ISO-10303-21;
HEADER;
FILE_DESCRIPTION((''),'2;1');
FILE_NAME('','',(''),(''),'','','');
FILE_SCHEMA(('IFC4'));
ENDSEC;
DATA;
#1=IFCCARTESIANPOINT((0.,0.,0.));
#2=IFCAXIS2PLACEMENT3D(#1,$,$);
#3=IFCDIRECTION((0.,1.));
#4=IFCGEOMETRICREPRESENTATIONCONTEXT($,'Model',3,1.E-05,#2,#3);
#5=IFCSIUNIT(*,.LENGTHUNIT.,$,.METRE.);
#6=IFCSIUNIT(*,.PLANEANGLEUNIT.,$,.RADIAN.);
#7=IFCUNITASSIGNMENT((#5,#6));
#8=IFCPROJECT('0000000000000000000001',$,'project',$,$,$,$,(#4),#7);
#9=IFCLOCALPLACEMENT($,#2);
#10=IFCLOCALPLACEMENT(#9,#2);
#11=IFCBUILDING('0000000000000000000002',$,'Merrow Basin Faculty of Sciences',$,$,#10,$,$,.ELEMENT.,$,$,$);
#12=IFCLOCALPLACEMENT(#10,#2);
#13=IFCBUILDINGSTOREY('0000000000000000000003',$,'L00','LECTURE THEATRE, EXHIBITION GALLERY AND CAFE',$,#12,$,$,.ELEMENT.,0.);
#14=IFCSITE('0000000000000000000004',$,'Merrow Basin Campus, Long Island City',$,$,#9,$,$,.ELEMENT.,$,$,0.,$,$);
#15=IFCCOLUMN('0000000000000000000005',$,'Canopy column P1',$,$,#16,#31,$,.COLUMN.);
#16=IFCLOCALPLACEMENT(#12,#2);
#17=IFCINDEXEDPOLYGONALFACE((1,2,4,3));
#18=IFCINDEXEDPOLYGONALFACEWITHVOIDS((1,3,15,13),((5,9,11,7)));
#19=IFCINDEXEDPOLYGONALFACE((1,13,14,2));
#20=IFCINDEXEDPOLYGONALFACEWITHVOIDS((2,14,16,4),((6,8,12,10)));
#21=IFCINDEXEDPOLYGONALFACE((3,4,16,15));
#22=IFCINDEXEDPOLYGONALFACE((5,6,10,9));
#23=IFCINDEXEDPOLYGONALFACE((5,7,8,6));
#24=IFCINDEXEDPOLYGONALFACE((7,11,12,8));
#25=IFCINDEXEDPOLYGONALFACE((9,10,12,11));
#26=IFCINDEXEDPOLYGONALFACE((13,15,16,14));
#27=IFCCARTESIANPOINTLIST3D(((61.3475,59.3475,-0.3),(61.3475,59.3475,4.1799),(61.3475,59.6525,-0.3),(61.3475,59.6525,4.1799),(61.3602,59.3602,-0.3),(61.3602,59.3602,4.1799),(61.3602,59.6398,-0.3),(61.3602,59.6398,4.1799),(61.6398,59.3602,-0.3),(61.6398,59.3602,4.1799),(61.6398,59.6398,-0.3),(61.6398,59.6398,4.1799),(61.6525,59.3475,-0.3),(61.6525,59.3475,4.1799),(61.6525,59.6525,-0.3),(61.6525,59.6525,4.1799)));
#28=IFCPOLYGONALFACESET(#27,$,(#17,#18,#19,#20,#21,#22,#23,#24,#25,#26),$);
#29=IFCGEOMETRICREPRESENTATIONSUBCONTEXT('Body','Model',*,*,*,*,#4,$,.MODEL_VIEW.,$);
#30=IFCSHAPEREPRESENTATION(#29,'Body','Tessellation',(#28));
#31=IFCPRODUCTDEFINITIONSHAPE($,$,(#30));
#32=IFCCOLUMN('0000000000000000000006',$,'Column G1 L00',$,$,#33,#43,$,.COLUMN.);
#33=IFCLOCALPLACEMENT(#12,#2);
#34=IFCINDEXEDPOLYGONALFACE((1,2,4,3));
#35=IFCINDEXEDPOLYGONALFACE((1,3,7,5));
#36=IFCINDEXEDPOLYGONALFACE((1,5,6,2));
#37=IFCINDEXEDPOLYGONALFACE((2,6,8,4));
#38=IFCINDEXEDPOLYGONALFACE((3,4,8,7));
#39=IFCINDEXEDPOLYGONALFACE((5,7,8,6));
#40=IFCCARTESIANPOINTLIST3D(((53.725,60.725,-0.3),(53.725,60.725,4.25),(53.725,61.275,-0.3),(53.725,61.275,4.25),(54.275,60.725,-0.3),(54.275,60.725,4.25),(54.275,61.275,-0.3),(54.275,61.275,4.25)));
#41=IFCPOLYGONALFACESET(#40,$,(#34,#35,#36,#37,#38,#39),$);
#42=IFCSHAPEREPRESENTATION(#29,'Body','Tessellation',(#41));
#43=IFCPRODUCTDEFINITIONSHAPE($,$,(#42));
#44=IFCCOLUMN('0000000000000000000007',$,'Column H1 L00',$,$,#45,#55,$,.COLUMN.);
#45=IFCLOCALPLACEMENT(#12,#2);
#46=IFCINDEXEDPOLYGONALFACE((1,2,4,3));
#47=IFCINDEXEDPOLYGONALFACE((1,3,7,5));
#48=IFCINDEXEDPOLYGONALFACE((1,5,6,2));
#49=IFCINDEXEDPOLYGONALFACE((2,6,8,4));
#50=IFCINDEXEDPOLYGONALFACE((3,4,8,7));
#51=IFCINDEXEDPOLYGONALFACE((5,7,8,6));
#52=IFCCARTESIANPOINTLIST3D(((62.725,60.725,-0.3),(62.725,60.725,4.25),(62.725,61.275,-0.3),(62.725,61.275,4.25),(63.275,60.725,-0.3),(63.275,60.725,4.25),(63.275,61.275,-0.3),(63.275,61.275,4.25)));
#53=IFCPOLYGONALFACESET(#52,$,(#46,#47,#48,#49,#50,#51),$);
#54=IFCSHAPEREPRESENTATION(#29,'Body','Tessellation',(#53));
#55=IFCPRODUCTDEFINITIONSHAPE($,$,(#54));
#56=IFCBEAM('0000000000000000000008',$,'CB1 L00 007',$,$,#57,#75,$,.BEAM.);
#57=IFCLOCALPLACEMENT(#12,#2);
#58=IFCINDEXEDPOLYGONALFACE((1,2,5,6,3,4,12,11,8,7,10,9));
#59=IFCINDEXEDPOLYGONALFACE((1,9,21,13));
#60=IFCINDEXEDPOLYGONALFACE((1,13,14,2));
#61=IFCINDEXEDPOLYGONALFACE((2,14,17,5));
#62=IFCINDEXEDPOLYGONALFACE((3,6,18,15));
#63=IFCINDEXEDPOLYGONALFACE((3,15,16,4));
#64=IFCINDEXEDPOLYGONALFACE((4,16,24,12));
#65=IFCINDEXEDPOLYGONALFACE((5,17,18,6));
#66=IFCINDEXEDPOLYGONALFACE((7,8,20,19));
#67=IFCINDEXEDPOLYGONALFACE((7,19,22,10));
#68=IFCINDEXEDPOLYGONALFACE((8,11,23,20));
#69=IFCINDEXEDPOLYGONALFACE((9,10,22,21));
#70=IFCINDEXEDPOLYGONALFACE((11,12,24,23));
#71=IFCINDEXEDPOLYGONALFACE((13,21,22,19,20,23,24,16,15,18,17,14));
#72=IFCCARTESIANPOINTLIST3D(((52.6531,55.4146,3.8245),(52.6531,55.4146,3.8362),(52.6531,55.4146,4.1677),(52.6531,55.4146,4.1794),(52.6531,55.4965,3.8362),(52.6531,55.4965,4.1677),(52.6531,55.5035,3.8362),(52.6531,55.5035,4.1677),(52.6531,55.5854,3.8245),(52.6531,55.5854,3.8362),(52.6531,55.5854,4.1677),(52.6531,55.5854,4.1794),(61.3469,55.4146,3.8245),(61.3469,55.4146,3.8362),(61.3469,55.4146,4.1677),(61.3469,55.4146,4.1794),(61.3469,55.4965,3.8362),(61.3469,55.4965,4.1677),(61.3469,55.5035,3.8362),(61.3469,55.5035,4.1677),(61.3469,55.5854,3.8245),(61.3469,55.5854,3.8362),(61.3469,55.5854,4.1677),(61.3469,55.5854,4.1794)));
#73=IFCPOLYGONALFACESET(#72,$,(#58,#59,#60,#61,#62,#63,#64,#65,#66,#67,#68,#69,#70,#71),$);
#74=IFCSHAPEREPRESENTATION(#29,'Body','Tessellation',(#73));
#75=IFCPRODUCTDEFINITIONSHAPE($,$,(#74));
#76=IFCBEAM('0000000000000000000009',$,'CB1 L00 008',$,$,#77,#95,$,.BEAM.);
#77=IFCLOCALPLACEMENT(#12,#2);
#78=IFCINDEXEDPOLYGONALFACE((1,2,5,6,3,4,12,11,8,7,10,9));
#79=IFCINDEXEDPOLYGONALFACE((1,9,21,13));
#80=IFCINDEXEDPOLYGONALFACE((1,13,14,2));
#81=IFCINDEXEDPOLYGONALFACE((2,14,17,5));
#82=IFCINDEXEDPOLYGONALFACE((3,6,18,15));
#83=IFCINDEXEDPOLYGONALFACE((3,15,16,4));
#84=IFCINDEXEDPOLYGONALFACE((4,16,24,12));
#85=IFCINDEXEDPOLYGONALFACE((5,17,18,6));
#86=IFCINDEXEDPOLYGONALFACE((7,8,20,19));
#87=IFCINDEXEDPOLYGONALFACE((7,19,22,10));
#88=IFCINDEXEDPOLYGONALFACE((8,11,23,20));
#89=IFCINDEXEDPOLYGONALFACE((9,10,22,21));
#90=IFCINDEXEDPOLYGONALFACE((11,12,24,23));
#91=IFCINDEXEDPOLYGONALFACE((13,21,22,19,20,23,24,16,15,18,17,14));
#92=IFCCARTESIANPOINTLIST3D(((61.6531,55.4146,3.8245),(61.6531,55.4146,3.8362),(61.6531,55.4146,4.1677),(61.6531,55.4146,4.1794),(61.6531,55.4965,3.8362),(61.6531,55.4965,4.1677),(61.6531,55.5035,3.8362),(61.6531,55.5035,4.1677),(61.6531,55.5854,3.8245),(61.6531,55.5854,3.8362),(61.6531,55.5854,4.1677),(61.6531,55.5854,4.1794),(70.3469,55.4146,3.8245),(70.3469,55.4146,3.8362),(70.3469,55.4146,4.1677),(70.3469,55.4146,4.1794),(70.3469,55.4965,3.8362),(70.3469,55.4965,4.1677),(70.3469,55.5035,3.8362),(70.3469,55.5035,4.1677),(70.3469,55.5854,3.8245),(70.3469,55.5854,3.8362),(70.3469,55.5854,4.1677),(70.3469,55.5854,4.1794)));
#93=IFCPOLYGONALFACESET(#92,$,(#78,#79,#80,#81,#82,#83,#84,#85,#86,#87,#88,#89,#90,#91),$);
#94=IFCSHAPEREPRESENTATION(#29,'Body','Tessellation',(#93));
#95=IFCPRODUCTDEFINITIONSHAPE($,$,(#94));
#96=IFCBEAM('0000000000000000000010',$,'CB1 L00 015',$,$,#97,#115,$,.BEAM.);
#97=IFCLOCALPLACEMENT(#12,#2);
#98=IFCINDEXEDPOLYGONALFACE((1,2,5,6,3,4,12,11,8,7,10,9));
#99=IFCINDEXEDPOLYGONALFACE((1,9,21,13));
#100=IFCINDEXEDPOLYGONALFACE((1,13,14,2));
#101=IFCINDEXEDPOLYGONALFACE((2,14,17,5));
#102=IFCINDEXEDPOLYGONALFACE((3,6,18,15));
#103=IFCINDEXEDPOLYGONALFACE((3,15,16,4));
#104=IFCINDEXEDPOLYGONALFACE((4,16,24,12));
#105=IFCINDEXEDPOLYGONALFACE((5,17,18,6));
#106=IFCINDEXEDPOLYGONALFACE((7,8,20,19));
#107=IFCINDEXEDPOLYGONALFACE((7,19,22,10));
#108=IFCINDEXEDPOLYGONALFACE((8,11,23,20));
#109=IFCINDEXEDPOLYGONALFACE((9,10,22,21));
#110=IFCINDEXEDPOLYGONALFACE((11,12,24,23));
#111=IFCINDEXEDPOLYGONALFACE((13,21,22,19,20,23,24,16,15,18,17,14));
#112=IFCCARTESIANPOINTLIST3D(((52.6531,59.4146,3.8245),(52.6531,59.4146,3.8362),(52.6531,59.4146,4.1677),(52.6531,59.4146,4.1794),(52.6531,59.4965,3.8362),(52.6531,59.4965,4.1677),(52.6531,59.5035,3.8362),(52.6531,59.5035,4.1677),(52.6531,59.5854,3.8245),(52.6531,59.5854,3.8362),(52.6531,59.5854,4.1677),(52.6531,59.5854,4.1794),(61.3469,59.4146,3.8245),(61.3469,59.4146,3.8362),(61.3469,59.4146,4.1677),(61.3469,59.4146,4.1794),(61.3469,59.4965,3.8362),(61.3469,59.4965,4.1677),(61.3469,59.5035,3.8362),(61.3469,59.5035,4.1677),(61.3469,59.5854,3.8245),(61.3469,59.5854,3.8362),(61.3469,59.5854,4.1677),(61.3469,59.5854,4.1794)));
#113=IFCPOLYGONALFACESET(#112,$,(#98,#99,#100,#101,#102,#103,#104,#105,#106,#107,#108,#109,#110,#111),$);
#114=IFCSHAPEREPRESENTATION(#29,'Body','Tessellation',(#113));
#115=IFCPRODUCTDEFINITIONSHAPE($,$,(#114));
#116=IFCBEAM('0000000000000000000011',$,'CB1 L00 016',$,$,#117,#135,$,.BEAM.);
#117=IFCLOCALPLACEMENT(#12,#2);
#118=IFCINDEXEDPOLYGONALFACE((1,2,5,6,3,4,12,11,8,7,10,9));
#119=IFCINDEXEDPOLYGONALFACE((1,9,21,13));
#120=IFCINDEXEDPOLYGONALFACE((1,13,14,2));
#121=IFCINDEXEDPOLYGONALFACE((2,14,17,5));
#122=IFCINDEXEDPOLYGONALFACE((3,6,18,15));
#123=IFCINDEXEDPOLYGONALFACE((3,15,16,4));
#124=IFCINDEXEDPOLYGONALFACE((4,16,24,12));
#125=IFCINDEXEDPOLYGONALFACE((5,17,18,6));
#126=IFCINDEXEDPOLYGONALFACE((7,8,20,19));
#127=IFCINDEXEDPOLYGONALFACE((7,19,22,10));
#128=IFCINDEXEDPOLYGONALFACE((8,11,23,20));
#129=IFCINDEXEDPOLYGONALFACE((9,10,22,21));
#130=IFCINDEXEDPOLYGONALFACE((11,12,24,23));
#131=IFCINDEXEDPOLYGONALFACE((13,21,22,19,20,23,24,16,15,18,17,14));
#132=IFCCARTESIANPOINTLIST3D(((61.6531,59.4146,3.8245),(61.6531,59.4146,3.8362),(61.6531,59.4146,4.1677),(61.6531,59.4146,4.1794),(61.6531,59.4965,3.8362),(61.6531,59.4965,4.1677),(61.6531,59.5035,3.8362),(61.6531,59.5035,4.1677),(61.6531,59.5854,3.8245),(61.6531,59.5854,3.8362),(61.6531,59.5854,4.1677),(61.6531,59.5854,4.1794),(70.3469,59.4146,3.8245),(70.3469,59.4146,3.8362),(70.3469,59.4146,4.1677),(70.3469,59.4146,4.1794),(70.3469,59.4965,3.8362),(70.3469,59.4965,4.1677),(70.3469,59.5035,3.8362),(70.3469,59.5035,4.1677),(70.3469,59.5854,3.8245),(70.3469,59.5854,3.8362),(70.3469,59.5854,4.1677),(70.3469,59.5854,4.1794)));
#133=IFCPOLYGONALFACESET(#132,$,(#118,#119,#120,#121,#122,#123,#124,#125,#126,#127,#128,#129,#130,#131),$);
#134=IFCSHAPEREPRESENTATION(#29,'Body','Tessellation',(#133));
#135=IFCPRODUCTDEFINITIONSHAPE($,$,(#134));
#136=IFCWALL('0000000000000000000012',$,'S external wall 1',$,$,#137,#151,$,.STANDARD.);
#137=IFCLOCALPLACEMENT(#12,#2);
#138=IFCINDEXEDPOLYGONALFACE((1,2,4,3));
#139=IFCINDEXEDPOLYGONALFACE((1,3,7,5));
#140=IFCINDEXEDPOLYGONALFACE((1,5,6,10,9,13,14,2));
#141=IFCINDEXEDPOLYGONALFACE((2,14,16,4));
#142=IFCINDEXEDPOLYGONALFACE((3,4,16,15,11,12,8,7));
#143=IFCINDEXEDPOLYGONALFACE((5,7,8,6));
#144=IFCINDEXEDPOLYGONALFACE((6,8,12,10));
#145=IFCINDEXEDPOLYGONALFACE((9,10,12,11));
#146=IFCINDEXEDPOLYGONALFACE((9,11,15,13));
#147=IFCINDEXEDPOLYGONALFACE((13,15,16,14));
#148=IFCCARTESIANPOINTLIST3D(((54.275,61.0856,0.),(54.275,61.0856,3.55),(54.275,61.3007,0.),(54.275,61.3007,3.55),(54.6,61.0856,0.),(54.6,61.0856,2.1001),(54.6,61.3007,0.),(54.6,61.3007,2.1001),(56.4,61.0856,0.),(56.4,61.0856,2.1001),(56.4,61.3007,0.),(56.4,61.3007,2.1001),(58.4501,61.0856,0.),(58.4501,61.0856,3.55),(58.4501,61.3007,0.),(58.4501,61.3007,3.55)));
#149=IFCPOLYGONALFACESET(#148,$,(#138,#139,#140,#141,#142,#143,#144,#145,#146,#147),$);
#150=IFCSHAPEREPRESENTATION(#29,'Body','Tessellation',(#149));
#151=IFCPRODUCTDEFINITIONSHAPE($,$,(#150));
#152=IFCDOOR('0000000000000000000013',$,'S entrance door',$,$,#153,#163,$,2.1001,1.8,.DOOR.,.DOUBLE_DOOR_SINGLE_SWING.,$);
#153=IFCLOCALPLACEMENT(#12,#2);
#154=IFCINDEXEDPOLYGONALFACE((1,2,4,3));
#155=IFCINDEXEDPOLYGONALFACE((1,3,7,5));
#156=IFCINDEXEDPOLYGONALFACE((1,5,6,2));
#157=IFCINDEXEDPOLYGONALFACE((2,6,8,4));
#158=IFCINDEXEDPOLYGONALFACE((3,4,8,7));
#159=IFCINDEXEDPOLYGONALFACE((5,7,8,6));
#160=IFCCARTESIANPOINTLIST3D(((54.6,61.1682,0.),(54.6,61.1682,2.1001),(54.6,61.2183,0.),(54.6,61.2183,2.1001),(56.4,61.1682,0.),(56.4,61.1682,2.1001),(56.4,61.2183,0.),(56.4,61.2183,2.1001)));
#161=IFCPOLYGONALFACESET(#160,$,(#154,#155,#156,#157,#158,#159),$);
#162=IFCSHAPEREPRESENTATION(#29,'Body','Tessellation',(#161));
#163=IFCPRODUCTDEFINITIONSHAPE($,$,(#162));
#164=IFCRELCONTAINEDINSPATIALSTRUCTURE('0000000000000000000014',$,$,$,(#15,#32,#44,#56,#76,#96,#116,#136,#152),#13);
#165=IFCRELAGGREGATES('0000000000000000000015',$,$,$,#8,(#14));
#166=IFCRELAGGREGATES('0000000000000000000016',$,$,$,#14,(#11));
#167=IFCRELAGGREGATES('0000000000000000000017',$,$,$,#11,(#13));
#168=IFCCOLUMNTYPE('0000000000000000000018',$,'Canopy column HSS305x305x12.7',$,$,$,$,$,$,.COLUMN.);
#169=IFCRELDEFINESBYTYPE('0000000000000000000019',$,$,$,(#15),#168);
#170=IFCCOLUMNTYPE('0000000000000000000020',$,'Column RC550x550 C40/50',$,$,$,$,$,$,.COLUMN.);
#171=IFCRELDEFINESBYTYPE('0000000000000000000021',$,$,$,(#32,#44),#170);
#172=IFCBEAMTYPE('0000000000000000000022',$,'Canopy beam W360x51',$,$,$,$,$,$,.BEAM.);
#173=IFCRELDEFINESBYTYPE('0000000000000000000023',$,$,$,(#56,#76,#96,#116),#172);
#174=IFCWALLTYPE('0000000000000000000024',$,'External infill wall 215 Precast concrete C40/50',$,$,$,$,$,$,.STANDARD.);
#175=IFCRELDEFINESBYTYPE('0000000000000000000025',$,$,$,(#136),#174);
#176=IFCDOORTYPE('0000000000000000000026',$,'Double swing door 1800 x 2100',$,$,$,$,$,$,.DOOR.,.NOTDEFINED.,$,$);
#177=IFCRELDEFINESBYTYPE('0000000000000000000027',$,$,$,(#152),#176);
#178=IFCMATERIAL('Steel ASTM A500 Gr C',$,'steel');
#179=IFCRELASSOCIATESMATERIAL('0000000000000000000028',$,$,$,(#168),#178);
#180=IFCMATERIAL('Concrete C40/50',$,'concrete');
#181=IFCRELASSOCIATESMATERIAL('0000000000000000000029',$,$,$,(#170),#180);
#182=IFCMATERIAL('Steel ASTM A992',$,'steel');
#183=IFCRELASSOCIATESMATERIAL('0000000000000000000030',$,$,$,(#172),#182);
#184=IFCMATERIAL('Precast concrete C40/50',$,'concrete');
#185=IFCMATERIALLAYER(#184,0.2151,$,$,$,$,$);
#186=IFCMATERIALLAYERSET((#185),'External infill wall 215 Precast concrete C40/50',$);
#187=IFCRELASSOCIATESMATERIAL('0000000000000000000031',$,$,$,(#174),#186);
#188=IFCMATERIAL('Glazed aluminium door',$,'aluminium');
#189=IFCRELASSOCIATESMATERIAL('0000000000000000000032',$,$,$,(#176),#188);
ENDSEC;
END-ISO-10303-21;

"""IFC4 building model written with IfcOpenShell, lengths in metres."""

from ifc_helpers import new_model, si_unit, direction, frame, frame_2d, origin, origin_2d, place, context, subcontext, project, spatial, rectangle, hollow_rectangle, i_section, extrude, material, layer, layer_set, material_profile, profile_set, type_object, element, fill, save


model = new_model("IFC4")

# Units and contexts
model_context = context("Model", 3, precision=1e-05, world=origin(), true_north=direction((0.0, 1.0)))
body_context = subcontext(model_context, "Body", "Model", "MODEL_VIEW")
ifc_project = project(units=[si_unit("LENGTHUNIT", "METRE"), si_unit("PLANEANGLEUNIT", "RADIAN")], contexts=[model_context])

# Site, building, storey
site_placement = place(None, origin())
site = spatial("IfcSite", under=ifc_project, at=site_placement, Name="Merrow Basin Campus, Long Island City", CompositionType="ELEMENT", RefElevation=0.0)
building_placement = place(site_placement, origin())
building = spatial("IfcBuilding", under=site, at=building_placement, Name="Merrow Basin Faculty of Sciences", CompositionType="ELEMENT")
storey_placement = place(building_placement, origin())
storey = spatial("IfcBuildingStorey", under=building, at=storey_placement, Name="L00", Description="LECTURE THEATRE, EXHIBITION GALLERY AND CAFE", CompositionType="ELEMENT", Elevation=0.0)

# Columns
ifc_material_1 = material(Name="Steel ASTM A500 Gr C", Category="steel")
ifc_material_profile_1 = material_profile(ifc_material_1, hollow_rectangle(XDim=0.3049, YDim=0.3049, WallThickness=0.0127, at=origin_2d()))
ifc_profile_set_1 = profile_set([ifc_material_profile_1], Name="Steel ASTM A500 Gr C")
column_type_1 = type_object("IfcColumnType", Name="Canopy column HSS305x305x12.7", PredefinedType="COLUMN", material=ifc_profile_set_1)
for number, where, z_axis, x_axis, name in (
    (1, (61.5, 59.5, -0.3), (0.0, 0.0, 1.0), (1.0, 0.0, 0.0), "Canopy column P1"),
):
    element("IfcColumn", number, at=place(storey_placement, frame(where, z_axis=z_axis, x_axis=x_axis)), inside=storey, type_object=column_type_1, Name=name, PredefinedType="COLUMN", context=body_context, shape_type="SweptSolid", body=[
        extrude(hollow_rectangle(XDim=0.3049, YDim=0.3049, WallThickness=0.0127, at=origin_2d()), origin(), (0.0, 0.0, 1.0), 4.48),
    ])
ifc_material_2 = material(Name="Concrete C40/50", Category="concrete")
ifc_material_profile_2 = material_profile(ifc_material_2, rectangle(XDim=0.55, YDim=0.55, at=origin_2d()))
ifc_profile_set_2 = profile_set([ifc_material_profile_2], Name="Concrete C40/50")
column_type_2 = type_object("IfcColumnType", Name="Column RC550x550 C40/50", PredefinedType="COLUMN", material=ifc_profile_set_2)
for number, where, z_axis, x_axis, name in (
    (2, (54.0, 61.0, -0.3), (0.0, 0.0, 1.0), (1.0, 0.0, 0.0), "Column G1 L00"),
    (3, (63.0, 61.0, -0.3), (0.0, 0.0, 1.0), (1.0, 0.0, 0.0), "Column H1 L00"),
):
    element("IfcColumn", number, at=place(storey_placement, frame(where, z_axis=z_axis, x_axis=x_axis)), inside=storey, type_object=column_type_2, Name=name, PredefinedType="COLUMN", context=body_context, shape_type="SweptSolid", body=[
        extrude(rectangle(XDim=0.55, YDim=0.55, at=origin_2d()), origin(), (0.0, 0.0, 1.0), 4.55),
    ])

# Beams
ifc_material_3 = material(Name="Steel ASTM A992", Category="steel")
ifc_material_profile_3 = material_profile(ifc_material_3, i_section(OverallWidth=0.1709, OverallDepth=0.355, WebThickness=0.0071, FlangeThickness=0.0117, at=origin_2d()))
ifc_profile_set_3 = profile_set([ifc_material_profile_3], Name="Steel ASTM A992")
beam_type = type_object("IfcBeamType", Name="Canopy beam W360x51", PredefinedType="BEAM", material=ifc_profile_set_3)
for number, where, z_axis, x_axis, name in (
    (4, (52.6531, 55.5, 4.002), (1.0, 0.0, 0.0), (0.0, 1.0, 0.0), "CB1 L00 007"),
    (5, (61.6531, 55.5, 4.002), (1.0, 0.0, 0.0), (0.0, 1.0, 0.0), "CB1 L00 008"),
    (6, (52.6531, 59.5, 4.002), (1.0, 0.0, 0.0), (0.0, 1.0, 0.0), "CB1 L00 015"),
    (7, (61.6531, 59.5, 4.002), (1.0, 0.0, 0.0), (0.0, 1.0, 0.0), "CB1 L00 016"),
):
    element("IfcBeam", number, at=place(storey_placement, frame(where, z_axis=z_axis, x_axis=x_axis)), inside=storey, type_object=beam_type, Name=name, PredefinedType="BEAM", context=body_context, shape_type="SweptSolid", body=[
        extrude(i_section(OverallWidth=0.1709, OverallDepth=0.355, WebThickness=0.0071, FlangeThickness=0.0117, at=origin_2d()), origin(), (0.0, 0.0, 1.0), 8.6938),
    ])

# Wall, opening, door
ifc_material_4 = material(Name="Precast concrete C40/50", Category="concrete")
ifc_layer_1 = layer(ifc_material_4, 0.2151)
ifc_layer_set_1 = layer_set([ifc_layer_1], Name="External infill wall 215 Precast concrete C40/50")
wall_type_1 = type_object("IfcWallType", Name="External infill wall 215 Precast concrete C40/50", PredefinedType="STANDARD", material=ifc_layer_set_1)
wall_1_placement = place(storey_placement, frame((58.45, 61.1931, 0.0), z_axis=(0.0, 0.0, 1.0), x_axis=(-1.0, 0.0, 0.0)))
wall_1 = element("IfcWall", 8, at=wall_1_placement, inside=storey, type_object=wall_type_1, Name="S external wall 1", PredefinedType="STANDARD", context=body_context, shape_type="SweptSolid", body=[
    extrude(rectangle(XDim=4.175, YDim=0.2151, at=frame_2d((2.0874, 0.0))), origin(), (0.0, 0.0, 1.0), 3.55),
])
opening_1_placement = place(wall_1_placement, frame((2.05, 0.0, 0.0)))
opening_1 = element("IfcOpeningElement", 9, at=opening_1_placement, cuts=wall_1, PredefinedType="OPENING", context=body_context, shape_type="SweptSolid", body=[
    extrude(rectangle(XDim=1.8, YDim=2.1001, at=frame_2d((0.8999, 1.05))), frame((0.0, 0.1174, 0.0), z_axis=(0.0, -1.0, 0.0), x_axis=(1.0, 0.0, 0.0)), (0.0, 0.0, 1.0), 0.2351),
])
ifc_material_5 = material(Name="Glazed aluminium door", Category="aluminium")
door_type_1 = type_object("IfcDoorType", Name="Double swing door 1800 x 2100", OperationType="NOTDEFINED", PredefinedType="DOOR", material=ifc_material_5)
door_1_placement = place(opening_1_placement, origin())
door_1 = element("IfcDoor", 10, at=door_1_placement, inside=storey, type_object=door_type_1, Name="S entrance door", OperationType="DOUBLE_DOOR_SINGLE_SWING", OverallHeight=2.1001, OverallWidth=1.8, PredefinedType="DOOR", context=body_context, shape_type="SweptSolid", body=[
    extrude(rectangle(XDim=1.8, YDim=2.1001, at=frame_2d((0.8999, 1.05))), frame((0.0, 0.0249, 0.0), z_axis=(0.0, -1.0, 0.0), x_axis=(1.0, 0.0, 0.0)), (0.0, 0.0, 1.0), 0.05),
])
fill(opening_1, door_1)

save(model, "model.ifc")
